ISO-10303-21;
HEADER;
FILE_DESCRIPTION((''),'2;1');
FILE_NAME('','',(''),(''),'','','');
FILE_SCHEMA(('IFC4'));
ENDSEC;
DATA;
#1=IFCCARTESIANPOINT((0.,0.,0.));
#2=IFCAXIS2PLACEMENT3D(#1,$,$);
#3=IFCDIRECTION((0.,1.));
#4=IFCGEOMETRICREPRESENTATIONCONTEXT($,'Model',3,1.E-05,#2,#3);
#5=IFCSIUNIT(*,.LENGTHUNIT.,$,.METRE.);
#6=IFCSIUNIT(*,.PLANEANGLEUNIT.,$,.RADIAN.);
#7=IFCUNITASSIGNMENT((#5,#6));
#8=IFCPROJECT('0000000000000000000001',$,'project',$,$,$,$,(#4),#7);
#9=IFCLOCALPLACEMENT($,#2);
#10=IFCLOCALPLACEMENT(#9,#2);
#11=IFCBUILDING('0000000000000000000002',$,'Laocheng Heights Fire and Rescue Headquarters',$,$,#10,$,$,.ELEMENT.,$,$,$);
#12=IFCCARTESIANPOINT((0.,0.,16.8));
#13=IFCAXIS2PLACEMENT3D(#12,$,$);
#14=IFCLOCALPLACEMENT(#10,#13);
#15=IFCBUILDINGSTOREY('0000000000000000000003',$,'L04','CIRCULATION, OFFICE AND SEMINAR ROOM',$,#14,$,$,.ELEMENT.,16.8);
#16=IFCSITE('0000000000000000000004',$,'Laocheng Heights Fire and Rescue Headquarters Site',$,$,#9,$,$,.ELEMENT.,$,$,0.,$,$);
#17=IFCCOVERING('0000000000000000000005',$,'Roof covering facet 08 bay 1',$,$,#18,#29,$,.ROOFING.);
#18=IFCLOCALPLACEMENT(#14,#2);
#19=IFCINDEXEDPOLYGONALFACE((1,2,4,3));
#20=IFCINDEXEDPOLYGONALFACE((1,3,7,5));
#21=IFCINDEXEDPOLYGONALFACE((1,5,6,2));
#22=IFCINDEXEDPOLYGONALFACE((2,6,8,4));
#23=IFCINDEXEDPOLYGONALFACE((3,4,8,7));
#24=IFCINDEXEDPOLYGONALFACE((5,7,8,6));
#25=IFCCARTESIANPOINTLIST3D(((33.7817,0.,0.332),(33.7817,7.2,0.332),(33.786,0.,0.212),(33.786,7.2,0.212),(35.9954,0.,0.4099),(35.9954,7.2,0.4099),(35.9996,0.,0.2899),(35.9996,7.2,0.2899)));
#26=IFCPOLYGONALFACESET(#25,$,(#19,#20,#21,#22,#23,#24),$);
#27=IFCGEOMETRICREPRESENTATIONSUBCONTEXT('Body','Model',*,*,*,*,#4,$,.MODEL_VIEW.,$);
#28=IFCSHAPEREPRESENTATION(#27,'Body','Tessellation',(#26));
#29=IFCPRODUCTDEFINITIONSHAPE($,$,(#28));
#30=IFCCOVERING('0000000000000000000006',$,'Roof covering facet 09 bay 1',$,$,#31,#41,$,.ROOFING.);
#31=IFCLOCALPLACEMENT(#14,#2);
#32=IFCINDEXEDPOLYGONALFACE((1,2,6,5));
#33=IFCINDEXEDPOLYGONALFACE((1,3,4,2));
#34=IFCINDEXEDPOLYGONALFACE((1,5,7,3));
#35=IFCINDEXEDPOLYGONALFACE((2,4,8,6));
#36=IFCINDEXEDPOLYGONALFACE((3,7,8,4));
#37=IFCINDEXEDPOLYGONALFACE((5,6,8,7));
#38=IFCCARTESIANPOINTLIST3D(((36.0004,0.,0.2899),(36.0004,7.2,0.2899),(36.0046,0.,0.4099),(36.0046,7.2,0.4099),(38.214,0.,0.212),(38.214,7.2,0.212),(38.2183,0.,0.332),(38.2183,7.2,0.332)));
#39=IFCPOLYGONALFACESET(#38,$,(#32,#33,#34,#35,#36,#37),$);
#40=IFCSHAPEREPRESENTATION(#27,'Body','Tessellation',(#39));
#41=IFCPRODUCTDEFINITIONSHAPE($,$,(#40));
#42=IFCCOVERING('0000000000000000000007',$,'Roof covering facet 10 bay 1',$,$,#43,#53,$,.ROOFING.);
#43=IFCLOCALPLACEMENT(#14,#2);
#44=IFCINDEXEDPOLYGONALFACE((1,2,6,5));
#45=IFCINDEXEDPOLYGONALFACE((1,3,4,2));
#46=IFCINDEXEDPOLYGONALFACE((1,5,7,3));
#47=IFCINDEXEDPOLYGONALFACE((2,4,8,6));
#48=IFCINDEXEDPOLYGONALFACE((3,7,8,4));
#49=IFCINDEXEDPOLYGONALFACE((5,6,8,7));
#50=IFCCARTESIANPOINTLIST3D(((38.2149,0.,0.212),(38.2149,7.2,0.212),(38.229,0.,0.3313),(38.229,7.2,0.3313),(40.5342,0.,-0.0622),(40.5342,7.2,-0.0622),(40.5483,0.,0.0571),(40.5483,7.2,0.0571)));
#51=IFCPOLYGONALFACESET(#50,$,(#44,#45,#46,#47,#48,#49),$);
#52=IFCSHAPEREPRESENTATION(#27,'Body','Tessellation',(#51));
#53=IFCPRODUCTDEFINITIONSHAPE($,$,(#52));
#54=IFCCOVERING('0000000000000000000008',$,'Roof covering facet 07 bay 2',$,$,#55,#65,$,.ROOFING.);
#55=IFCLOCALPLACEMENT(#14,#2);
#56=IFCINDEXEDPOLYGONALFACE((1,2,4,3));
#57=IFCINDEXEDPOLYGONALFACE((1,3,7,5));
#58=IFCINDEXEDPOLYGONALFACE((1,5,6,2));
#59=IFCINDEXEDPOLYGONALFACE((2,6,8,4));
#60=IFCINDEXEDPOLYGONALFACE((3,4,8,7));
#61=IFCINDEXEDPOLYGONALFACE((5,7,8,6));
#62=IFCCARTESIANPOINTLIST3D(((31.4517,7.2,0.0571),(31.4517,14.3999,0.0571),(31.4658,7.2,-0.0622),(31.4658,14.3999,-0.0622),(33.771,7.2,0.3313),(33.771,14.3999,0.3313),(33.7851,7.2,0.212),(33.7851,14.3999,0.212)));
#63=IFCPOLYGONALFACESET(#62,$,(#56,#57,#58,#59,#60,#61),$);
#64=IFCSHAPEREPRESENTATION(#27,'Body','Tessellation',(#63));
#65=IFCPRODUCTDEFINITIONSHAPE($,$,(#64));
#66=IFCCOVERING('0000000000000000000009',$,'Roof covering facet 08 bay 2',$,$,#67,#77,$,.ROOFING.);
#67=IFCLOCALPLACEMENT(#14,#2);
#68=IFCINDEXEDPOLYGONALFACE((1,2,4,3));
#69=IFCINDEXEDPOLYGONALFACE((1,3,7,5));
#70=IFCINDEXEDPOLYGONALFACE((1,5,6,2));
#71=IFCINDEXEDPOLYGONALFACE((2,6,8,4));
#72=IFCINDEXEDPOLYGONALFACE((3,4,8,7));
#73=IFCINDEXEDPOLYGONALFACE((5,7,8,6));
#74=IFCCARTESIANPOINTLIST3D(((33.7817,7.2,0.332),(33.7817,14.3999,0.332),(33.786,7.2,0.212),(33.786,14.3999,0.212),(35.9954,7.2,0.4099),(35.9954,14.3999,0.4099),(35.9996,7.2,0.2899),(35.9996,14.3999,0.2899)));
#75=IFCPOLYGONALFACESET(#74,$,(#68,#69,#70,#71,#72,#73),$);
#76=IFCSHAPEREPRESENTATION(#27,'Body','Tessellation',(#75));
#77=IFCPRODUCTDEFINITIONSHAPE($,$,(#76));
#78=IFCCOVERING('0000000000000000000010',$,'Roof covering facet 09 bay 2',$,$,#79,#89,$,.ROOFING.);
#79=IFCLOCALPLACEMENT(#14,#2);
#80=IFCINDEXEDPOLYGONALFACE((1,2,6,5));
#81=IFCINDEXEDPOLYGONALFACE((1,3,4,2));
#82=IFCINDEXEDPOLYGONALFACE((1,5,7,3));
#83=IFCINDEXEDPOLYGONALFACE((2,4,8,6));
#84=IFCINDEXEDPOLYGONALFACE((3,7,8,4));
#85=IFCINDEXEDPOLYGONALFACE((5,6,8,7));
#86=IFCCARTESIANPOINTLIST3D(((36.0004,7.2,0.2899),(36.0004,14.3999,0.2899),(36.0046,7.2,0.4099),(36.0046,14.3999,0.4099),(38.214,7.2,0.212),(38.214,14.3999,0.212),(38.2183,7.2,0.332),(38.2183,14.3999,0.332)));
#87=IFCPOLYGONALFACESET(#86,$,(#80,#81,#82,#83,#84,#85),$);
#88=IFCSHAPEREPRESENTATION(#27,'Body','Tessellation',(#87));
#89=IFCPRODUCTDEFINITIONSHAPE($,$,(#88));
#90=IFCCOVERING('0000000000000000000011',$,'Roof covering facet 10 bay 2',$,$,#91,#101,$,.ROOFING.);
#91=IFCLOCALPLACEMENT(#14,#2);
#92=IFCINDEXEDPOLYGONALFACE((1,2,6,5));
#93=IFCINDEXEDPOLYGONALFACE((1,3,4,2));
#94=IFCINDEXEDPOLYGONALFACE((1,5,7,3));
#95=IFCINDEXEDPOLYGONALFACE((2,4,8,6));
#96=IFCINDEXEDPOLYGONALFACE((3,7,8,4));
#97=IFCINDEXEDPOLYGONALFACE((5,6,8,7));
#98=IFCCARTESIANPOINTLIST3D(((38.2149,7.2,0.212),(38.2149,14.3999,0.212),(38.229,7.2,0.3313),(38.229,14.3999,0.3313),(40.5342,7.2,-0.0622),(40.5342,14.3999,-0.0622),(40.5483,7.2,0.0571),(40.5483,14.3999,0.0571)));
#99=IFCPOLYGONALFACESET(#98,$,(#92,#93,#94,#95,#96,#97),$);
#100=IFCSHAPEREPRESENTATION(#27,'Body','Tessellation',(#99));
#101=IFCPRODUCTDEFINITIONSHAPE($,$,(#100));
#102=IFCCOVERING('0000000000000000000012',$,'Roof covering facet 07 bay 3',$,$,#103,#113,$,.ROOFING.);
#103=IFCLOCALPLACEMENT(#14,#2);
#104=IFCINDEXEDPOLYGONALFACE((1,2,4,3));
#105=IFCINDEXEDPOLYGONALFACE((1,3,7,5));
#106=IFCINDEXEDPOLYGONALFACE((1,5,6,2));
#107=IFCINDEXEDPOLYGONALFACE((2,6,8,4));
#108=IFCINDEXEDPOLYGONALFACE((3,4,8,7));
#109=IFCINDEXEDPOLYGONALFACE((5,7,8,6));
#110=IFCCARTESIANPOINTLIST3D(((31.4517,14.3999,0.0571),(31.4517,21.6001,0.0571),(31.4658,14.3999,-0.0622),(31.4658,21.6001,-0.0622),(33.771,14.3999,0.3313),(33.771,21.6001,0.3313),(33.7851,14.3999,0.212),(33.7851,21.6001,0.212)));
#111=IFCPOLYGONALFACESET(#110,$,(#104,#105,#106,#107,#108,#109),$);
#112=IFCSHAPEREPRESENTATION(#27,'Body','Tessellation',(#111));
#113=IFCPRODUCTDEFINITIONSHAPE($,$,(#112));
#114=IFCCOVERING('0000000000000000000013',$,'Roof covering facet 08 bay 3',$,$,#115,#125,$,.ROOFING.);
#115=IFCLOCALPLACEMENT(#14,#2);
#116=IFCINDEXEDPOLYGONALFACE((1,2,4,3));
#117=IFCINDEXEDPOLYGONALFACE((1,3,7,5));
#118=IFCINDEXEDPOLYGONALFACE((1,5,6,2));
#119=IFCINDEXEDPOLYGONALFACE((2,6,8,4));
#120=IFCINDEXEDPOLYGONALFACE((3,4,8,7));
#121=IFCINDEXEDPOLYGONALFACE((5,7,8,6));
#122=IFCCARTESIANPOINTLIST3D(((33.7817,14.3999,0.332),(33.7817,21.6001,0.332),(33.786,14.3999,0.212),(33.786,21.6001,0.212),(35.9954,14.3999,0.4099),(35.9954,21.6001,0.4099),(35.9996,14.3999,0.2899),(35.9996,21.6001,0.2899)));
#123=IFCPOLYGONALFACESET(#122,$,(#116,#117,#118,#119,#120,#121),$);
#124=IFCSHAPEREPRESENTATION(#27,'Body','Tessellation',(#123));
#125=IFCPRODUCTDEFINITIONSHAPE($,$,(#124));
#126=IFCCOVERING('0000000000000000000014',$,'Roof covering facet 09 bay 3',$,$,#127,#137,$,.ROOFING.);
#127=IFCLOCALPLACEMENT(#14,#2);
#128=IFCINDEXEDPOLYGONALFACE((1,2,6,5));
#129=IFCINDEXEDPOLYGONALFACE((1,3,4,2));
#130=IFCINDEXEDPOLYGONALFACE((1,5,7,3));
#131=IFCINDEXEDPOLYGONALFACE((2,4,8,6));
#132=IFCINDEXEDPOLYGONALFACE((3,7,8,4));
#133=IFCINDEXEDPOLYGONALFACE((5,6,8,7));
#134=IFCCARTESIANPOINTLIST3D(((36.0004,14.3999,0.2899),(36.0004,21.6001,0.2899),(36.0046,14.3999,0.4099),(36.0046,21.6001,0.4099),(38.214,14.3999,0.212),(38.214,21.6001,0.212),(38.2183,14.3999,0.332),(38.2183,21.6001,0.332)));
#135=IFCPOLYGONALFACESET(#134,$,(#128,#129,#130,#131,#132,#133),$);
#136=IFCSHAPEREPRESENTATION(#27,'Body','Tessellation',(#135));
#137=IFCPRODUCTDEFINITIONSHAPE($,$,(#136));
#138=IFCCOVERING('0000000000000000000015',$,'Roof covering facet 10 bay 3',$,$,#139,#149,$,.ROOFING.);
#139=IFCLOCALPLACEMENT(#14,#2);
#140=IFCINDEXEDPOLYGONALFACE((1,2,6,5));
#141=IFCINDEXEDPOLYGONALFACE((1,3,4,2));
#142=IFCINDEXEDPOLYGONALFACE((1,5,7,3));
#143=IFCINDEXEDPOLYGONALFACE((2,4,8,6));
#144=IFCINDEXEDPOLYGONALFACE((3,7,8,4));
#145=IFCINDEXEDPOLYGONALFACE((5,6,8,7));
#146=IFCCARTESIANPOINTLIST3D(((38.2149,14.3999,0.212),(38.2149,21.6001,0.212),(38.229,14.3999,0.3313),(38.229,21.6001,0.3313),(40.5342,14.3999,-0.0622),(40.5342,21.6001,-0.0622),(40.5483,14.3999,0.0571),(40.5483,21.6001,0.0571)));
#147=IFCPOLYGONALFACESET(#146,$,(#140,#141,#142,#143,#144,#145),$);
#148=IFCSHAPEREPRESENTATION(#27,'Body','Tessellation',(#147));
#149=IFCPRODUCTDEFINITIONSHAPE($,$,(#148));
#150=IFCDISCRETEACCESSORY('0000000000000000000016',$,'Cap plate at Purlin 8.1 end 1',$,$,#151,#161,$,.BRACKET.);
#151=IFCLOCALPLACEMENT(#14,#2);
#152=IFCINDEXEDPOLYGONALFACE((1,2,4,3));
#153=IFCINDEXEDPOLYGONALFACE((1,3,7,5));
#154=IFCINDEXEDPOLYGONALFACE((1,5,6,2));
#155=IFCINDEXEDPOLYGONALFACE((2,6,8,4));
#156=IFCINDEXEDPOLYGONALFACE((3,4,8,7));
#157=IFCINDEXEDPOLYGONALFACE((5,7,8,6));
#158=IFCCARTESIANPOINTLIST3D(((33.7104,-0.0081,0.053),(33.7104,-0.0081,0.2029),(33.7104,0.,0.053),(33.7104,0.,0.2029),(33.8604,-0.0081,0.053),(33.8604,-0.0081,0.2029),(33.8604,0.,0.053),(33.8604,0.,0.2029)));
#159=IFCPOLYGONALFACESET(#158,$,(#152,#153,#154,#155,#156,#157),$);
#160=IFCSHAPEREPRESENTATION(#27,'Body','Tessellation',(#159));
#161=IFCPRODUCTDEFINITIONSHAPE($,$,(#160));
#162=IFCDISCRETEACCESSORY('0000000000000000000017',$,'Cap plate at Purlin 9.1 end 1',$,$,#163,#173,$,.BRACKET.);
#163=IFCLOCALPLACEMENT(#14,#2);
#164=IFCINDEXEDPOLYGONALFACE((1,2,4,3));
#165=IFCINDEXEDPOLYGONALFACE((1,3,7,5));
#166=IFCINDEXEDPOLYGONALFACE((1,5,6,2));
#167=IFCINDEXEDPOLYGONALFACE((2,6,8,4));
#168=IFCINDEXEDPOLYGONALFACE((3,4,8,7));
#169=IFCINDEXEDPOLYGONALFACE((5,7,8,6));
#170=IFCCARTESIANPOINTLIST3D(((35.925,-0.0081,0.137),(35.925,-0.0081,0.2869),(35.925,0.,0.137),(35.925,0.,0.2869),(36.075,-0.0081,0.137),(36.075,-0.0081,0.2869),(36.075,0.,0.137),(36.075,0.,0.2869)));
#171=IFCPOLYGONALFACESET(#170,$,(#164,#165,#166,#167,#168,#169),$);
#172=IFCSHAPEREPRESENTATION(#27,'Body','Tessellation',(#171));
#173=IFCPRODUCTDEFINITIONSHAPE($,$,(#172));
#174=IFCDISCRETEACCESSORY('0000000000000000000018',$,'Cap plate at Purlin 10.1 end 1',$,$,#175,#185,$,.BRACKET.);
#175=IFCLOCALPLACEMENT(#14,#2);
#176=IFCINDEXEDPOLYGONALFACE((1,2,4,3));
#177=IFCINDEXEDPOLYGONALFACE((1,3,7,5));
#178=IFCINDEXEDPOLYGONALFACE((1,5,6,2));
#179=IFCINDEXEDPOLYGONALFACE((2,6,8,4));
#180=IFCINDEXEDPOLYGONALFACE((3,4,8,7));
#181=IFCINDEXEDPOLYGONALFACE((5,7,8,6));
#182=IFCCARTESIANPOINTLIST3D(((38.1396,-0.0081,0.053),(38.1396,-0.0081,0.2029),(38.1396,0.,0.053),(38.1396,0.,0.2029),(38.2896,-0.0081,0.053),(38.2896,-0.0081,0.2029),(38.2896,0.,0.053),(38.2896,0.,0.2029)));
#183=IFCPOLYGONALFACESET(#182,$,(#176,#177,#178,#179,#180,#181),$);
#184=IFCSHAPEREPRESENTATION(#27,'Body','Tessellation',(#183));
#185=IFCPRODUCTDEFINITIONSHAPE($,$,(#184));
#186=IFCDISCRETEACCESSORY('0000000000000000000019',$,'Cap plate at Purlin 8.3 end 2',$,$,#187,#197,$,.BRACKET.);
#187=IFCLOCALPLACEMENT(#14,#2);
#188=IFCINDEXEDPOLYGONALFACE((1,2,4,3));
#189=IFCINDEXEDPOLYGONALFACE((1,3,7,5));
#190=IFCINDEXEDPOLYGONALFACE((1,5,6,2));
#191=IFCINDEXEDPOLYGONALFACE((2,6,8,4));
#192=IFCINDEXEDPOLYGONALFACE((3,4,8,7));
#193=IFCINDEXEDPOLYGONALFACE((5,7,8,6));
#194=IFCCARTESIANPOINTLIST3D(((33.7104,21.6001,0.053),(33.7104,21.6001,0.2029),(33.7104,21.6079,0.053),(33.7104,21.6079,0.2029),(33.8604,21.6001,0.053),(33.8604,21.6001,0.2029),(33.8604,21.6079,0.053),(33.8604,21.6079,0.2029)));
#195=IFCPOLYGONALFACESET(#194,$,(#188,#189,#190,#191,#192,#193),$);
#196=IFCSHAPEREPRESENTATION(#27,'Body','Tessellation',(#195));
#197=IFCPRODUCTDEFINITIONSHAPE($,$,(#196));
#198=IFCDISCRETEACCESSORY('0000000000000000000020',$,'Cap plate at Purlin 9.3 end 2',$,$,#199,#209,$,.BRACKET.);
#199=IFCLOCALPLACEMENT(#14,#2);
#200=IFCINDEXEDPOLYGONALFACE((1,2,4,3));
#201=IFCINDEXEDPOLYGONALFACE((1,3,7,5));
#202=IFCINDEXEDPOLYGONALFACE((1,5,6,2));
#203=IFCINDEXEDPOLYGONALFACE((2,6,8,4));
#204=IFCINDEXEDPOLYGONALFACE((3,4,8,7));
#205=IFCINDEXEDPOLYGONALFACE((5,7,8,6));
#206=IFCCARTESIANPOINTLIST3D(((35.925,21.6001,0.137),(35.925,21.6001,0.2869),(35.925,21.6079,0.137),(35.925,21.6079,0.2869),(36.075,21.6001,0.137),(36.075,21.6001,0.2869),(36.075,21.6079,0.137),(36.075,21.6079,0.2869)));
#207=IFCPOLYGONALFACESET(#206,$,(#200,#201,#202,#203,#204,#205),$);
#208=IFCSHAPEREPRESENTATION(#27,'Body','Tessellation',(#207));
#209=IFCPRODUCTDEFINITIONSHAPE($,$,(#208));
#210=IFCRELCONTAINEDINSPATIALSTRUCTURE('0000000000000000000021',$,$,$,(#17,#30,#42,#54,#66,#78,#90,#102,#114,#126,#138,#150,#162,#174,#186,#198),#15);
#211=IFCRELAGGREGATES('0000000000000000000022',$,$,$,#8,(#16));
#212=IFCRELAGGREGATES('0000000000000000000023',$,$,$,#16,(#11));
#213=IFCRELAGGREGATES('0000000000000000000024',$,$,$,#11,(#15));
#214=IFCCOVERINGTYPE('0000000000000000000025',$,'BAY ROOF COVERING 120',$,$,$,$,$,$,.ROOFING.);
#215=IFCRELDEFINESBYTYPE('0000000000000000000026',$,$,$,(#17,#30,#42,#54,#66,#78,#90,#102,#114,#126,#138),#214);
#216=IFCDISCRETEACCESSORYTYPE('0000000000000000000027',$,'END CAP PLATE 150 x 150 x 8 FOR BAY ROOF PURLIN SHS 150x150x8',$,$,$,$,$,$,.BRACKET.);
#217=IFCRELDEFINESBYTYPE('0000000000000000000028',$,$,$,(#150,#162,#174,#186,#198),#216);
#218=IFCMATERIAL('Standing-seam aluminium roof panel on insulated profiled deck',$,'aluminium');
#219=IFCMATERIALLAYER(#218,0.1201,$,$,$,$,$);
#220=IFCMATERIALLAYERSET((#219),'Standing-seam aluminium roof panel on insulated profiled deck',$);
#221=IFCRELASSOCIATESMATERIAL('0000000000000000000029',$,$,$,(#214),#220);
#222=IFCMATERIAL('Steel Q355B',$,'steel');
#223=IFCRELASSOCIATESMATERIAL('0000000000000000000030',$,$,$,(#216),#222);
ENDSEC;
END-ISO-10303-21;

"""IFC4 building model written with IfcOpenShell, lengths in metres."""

from ifc_helpers import new_model, si_unit, direction, frame, origin, origin_2d, place, context, subcontext, project, spatial, polyline, rectangle, outline, extrude, material, layer, layer_set, material_profile, profile_set, type_object, element, save


model = new_model("IFC4")

# Units and contexts
model_context = context("Model", 3, precision=1e-05, world=origin(), true_north=direction((0.0, 1.0)))
body_context = subcontext(model_context, "Body", "Model", "MODEL_VIEW")
ifc_project = project(units=[si_unit("LENGTHUNIT", "METRE"), si_unit("PLANEANGLEUNIT", "RADIAN")], contexts=[model_context])

# Site, building, storey
site_placement = place(None, origin())
site = spatial("IfcSite", under=ifc_project, at=site_placement, Name="Laocheng Heights Fire and Rescue Headquarters Site", CompositionType="ELEMENT", RefElevation=0.0)
building_placement = place(site_placement, origin())
building = spatial("IfcBuilding", under=site, at=building_placement, Name="Laocheng Heights Fire and Rescue Headquarters", CompositionType="ELEMENT")
storey_placement = place(building_placement, frame((0.0, 0.0, 16.8)))
storey = spatial("IfcBuildingStorey", under=building, at=storey_placement, Name="L04", Description="CIRCULATION, OFFICE AND SEMINAR ROOM", CompositionType="ELEMENT", Elevation=16.8)

# Coverings
ifc_material_1 = material(Name="Standing-seam aluminium roof panel on insulated profiled deck", Category="aluminium")
ifc_layer_1 = layer(ifc_material_1, 0.1201)
ifc_layer_set_1 = layer_set([ifc_layer_1], Name="Standing-seam aluminium roof panel on insulated profiled deck")
covering_type = type_object("IfcCoveringType", Name="BAY ROOF COVERING 120", PredefinedType="ROOFING", material=ifc_layer_set_1)
for number, where, z_axis, x_axis, name in (
    (1, (33.7817, 0.0, 0.332), (-0.035161, 0.0, 0.999382), (0.999382, 0.0, 0.035161), "Roof covering facet 08 bay 1"),
    (2, (36.0046, 0.0, 0.4099), (0.035161, 0.0, 0.999382), (0.999382, 0.0, -0.035161), "Roof covering facet 09 bay 1"),
):
    element("IfcCovering", number, at=place(storey_placement, frame(where, z_axis=z_axis, x_axis=x_axis)), inside=storey, type_object=covering_type, Name=name, PredefinedType="ROOFING", context=body_context, shape_type="SweptSolid", body=[
        extrude(outline(polyline([(0.0, 0.0), (2.215, 0.0), (2.215, 7.2), (0.0, 7.2), (0.0, 0.0)])), origin(), (0.0, 0.0, -1.0), 0.1201),
    ])
for number, where, z_axis, x_axis, name in (
    (3, (38.229, 0.0, 0.3313), (0.117393, 0.0, 0.993086), (0.993086, 0.0, -0.117393), "Roof covering facet 10 bay 1"),
    (4, (31.4517, 7.2, 0.0571), (-0.117393, 0.0, 0.993086), (0.993086, 0.0, 0.117393), "Roof covering facet 07 bay 2"),
):
    element("IfcCovering", number, at=place(storey_placement, frame(where, z_axis=z_axis, x_axis=x_axis)), inside=storey, type_object=covering_type, Name=name, PredefinedType="ROOFING", context=body_context, shape_type="SweptSolid", body=[
        extrude(outline(polyline([(0.0, 0.0), (2.3355, 0.0), (2.3355, 7.2), (0.0, 7.2), (0.0, 0.0)])), origin(), (0.0, 0.0, -1.0), 0.1201),
    ])
for number, where, z_axis, x_axis, name in (
    (5, (33.7817, 7.2, 0.332), (-0.035161, 0.0, 0.999382), (0.999382, 0.0, 0.035161), "Roof covering facet 08 bay 2"),
    (6, (36.0046, 7.2, 0.4099), (0.035161, 0.0, 0.999382), (0.999382, 0.0, -0.035161), "Roof covering facet 09 bay 2"),
):
    element("IfcCovering", number, at=place(storey_placement, frame(where, z_axis=z_axis, x_axis=x_axis)), inside=storey, type_object=covering_type, Name=name, PredefinedType="ROOFING", context=body_context, shape_type="SweptSolid", body=[
        extrude(outline(polyline([(0.0, 0.0), (2.215, 0.0), (2.215, 7.2), (0.0, 7.2), (0.0, 0.0)])), origin(), (0.0, 0.0, -1.0), 0.1201),
    ])
covering_1_placement = place(storey_placement, frame((38.229, 7.2, 0.3313), z_axis=(0.117393, 0.0, 0.993086), x_axis=(0.993086, 0.0, -0.117393)))
element("IfcCovering", 7, at=covering_1_placement, inside=storey, type_object=covering_type, Name="Roof covering facet 10 bay 2", PredefinedType="ROOFING", context=body_context, shape_type="SweptSolid", body=[
    extrude(outline(polyline([(0.0, 0.0), (2.3355, 0.0), (2.3355, 7.2), (0.0, 7.2), (0.0, 0.0)])), origin(), (0.0, 0.0, -1.0), 0.1201),
])
covering_2_placement = place(storey_placement, frame((31.4517, 14.3999, 0.0571), z_axis=(-0.117393, 0.0, 0.993086), x_axis=(0.993086, 0.0, 0.117393)))
element("IfcCovering", 8, at=covering_2_placement, inside=storey, type_object=covering_type, Name="Roof covering facet 07 bay 3", PredefinedType="ROOFING", context=body_context, shape_type="SweptSolid", body=[
    extrude(outline(polyline([(0.0, 0.0), (2.3355, 0.0), (2.3355, 7.2002), (0.0, 7.2002), (0.0, 0.0)])), origin(), (0.0, 0.0, -1.0), 0.1201),
])
for number, where, z_axis, x_axis, name in (
    (9, (33.7817, 14.3999, 0.332), (-0.035161, 0.0, 0.999382), (0.999382, 0.0, 0.035161), "Roof covering facet 08 bay 3"),
    (10, (36.0046, 14.3999, 0.4099), (0.035161, 0.0, 0.999382), (0.999382, 0.0, -0.035161), "Roof covering facet 09 bay 3"),
):
    element("IfcCovering", number, at=place(storey_placement, frame(where, z_axis=z_axis, x_axis=x_axis)), inside=storey, type_object=covering_type, Name=name, PredefinedType="ROOFING", context=body_context, shape_type="SweptSolid", body=[
        extrude(outline(polyline([(0.0, 0.0), (2.215, 0.0), (2.215, 7.2002), (0.0, 7.2002), (0.0, 0.0)])), origin(), (0.0, 0.0, -1.0), 0.1201),
    ])
covering_3_placement = place(storey_placement, frame((38.229, 14.3999, 0.3313), z_axis=(0.117393, 0.0, 0.993086), x_axis=(0.993086, 0.0, -0.117393)))
element("IfcCovering", 11, at=covering_3_placement, inside=storey, type_object=covering_type, Name="Roof covering facet 10 bay 3", PredefinedType="ROOFING", context=body_context, shape_type="SweptSolid", body=[
    extrude(outline(polyline([(0.0, 0.0), (2.3355, 0.0), (2.3355, 7.2002), (0.0, 7.2002), (0.0, 0.0)])), origin(), (0.0, 0.0, -1.0), 0.1201),
])

# Discrete accessories
ifc_material_2 = material(Name="Steel Q355B", Category="steel")
ifc_material_profile_1 = material_profile(ifc_material_2, rectangle(XDim=0.1499, YDim=0.1499, at=origin_2d()), Name="END CAP PLATE 150 x 150 x 8 FOR BAY ROOF PURLIN SHS 150x150x8")
ifc_profile_set_1 = profile_set([ifc_material_profile_1], Name="Steel Q355B")
discrete_accessory_type = type_object("IfcDiscreteAccessoryType", Name="END CAP PLATE 150 x 150 x 8 FOR BAY ROOF PURLIN SHS 150x150x8", PredefinedType="BRACKET", material=ifc_profile_set_1)
for number, where, z_axis, x_axis, name in (
    (12, (33.7854, -0.0081, 0.1279), (0.0, 1.0, 0.0), (-1.0, 0.0, 0.0), "Cap plate at Purlin 8.1 end 1"),
    (13, (36.0, -0.0081, 0.2119), (0.0, 1.0, 0.0), (-1.0, 0.0, 0.0), "Cap plate at Purlin 9.1 end 1"),
    (14, (38.2146, -0.0081, 0.1279), (0.0, 1.0, 0.0), (-1.0, 0.0, 0.0), "Cap plate at Purlin 10.1 end 1"),
):
    element("IfcDiscreteAccessory", number, at=place(storey_placement, frame(where, z_axis=z_axis, x_axis=x_axis)), inside=storey, type_object=discrete_accessory_type, Name=name, PredefinedType="BRACKET", context=body_context, shape_type="SweptSolid", body=[
        extrude(rectangle(XDim=0.1499, YDim=0.1499, at=origin_2d()), origin(), (0.0, 0.0, 1.0), 0.0081),
    ])
for number, where, z_axis, x_axis, name in (
    (15, (33.7854, 21.6001, 0.1279), (0.0, 1.0, 0.0), (-1.0, 0.0, 0.0), "Cap plate at Purlin 8.3 end 2"),
    (16, (36.0, 21.6001, 0.2119), (0.0, 1.0, 0.0), (-1.0, 0.0, 0.0), "Cap plate at Purlin 9.3 end 2"),
):
    element("IfcDiscreteAccessory", number, at=place(storey_placement, frame(where, z_axis=z_axis, x_axis=x_axis)), inside=storey, type_object=discrete_accessory_type, Name=name, PredefinedType="BRACKET", context=body_context, shape_type="SweptSolid", body=[
        extrude(rectangle(XDim=0.1499, YDim=0.1499, at=origin_2d()), origin(), (0.0, 0.0, 1.0), 0.0078),
    ])

save(model, "model.ifc")
